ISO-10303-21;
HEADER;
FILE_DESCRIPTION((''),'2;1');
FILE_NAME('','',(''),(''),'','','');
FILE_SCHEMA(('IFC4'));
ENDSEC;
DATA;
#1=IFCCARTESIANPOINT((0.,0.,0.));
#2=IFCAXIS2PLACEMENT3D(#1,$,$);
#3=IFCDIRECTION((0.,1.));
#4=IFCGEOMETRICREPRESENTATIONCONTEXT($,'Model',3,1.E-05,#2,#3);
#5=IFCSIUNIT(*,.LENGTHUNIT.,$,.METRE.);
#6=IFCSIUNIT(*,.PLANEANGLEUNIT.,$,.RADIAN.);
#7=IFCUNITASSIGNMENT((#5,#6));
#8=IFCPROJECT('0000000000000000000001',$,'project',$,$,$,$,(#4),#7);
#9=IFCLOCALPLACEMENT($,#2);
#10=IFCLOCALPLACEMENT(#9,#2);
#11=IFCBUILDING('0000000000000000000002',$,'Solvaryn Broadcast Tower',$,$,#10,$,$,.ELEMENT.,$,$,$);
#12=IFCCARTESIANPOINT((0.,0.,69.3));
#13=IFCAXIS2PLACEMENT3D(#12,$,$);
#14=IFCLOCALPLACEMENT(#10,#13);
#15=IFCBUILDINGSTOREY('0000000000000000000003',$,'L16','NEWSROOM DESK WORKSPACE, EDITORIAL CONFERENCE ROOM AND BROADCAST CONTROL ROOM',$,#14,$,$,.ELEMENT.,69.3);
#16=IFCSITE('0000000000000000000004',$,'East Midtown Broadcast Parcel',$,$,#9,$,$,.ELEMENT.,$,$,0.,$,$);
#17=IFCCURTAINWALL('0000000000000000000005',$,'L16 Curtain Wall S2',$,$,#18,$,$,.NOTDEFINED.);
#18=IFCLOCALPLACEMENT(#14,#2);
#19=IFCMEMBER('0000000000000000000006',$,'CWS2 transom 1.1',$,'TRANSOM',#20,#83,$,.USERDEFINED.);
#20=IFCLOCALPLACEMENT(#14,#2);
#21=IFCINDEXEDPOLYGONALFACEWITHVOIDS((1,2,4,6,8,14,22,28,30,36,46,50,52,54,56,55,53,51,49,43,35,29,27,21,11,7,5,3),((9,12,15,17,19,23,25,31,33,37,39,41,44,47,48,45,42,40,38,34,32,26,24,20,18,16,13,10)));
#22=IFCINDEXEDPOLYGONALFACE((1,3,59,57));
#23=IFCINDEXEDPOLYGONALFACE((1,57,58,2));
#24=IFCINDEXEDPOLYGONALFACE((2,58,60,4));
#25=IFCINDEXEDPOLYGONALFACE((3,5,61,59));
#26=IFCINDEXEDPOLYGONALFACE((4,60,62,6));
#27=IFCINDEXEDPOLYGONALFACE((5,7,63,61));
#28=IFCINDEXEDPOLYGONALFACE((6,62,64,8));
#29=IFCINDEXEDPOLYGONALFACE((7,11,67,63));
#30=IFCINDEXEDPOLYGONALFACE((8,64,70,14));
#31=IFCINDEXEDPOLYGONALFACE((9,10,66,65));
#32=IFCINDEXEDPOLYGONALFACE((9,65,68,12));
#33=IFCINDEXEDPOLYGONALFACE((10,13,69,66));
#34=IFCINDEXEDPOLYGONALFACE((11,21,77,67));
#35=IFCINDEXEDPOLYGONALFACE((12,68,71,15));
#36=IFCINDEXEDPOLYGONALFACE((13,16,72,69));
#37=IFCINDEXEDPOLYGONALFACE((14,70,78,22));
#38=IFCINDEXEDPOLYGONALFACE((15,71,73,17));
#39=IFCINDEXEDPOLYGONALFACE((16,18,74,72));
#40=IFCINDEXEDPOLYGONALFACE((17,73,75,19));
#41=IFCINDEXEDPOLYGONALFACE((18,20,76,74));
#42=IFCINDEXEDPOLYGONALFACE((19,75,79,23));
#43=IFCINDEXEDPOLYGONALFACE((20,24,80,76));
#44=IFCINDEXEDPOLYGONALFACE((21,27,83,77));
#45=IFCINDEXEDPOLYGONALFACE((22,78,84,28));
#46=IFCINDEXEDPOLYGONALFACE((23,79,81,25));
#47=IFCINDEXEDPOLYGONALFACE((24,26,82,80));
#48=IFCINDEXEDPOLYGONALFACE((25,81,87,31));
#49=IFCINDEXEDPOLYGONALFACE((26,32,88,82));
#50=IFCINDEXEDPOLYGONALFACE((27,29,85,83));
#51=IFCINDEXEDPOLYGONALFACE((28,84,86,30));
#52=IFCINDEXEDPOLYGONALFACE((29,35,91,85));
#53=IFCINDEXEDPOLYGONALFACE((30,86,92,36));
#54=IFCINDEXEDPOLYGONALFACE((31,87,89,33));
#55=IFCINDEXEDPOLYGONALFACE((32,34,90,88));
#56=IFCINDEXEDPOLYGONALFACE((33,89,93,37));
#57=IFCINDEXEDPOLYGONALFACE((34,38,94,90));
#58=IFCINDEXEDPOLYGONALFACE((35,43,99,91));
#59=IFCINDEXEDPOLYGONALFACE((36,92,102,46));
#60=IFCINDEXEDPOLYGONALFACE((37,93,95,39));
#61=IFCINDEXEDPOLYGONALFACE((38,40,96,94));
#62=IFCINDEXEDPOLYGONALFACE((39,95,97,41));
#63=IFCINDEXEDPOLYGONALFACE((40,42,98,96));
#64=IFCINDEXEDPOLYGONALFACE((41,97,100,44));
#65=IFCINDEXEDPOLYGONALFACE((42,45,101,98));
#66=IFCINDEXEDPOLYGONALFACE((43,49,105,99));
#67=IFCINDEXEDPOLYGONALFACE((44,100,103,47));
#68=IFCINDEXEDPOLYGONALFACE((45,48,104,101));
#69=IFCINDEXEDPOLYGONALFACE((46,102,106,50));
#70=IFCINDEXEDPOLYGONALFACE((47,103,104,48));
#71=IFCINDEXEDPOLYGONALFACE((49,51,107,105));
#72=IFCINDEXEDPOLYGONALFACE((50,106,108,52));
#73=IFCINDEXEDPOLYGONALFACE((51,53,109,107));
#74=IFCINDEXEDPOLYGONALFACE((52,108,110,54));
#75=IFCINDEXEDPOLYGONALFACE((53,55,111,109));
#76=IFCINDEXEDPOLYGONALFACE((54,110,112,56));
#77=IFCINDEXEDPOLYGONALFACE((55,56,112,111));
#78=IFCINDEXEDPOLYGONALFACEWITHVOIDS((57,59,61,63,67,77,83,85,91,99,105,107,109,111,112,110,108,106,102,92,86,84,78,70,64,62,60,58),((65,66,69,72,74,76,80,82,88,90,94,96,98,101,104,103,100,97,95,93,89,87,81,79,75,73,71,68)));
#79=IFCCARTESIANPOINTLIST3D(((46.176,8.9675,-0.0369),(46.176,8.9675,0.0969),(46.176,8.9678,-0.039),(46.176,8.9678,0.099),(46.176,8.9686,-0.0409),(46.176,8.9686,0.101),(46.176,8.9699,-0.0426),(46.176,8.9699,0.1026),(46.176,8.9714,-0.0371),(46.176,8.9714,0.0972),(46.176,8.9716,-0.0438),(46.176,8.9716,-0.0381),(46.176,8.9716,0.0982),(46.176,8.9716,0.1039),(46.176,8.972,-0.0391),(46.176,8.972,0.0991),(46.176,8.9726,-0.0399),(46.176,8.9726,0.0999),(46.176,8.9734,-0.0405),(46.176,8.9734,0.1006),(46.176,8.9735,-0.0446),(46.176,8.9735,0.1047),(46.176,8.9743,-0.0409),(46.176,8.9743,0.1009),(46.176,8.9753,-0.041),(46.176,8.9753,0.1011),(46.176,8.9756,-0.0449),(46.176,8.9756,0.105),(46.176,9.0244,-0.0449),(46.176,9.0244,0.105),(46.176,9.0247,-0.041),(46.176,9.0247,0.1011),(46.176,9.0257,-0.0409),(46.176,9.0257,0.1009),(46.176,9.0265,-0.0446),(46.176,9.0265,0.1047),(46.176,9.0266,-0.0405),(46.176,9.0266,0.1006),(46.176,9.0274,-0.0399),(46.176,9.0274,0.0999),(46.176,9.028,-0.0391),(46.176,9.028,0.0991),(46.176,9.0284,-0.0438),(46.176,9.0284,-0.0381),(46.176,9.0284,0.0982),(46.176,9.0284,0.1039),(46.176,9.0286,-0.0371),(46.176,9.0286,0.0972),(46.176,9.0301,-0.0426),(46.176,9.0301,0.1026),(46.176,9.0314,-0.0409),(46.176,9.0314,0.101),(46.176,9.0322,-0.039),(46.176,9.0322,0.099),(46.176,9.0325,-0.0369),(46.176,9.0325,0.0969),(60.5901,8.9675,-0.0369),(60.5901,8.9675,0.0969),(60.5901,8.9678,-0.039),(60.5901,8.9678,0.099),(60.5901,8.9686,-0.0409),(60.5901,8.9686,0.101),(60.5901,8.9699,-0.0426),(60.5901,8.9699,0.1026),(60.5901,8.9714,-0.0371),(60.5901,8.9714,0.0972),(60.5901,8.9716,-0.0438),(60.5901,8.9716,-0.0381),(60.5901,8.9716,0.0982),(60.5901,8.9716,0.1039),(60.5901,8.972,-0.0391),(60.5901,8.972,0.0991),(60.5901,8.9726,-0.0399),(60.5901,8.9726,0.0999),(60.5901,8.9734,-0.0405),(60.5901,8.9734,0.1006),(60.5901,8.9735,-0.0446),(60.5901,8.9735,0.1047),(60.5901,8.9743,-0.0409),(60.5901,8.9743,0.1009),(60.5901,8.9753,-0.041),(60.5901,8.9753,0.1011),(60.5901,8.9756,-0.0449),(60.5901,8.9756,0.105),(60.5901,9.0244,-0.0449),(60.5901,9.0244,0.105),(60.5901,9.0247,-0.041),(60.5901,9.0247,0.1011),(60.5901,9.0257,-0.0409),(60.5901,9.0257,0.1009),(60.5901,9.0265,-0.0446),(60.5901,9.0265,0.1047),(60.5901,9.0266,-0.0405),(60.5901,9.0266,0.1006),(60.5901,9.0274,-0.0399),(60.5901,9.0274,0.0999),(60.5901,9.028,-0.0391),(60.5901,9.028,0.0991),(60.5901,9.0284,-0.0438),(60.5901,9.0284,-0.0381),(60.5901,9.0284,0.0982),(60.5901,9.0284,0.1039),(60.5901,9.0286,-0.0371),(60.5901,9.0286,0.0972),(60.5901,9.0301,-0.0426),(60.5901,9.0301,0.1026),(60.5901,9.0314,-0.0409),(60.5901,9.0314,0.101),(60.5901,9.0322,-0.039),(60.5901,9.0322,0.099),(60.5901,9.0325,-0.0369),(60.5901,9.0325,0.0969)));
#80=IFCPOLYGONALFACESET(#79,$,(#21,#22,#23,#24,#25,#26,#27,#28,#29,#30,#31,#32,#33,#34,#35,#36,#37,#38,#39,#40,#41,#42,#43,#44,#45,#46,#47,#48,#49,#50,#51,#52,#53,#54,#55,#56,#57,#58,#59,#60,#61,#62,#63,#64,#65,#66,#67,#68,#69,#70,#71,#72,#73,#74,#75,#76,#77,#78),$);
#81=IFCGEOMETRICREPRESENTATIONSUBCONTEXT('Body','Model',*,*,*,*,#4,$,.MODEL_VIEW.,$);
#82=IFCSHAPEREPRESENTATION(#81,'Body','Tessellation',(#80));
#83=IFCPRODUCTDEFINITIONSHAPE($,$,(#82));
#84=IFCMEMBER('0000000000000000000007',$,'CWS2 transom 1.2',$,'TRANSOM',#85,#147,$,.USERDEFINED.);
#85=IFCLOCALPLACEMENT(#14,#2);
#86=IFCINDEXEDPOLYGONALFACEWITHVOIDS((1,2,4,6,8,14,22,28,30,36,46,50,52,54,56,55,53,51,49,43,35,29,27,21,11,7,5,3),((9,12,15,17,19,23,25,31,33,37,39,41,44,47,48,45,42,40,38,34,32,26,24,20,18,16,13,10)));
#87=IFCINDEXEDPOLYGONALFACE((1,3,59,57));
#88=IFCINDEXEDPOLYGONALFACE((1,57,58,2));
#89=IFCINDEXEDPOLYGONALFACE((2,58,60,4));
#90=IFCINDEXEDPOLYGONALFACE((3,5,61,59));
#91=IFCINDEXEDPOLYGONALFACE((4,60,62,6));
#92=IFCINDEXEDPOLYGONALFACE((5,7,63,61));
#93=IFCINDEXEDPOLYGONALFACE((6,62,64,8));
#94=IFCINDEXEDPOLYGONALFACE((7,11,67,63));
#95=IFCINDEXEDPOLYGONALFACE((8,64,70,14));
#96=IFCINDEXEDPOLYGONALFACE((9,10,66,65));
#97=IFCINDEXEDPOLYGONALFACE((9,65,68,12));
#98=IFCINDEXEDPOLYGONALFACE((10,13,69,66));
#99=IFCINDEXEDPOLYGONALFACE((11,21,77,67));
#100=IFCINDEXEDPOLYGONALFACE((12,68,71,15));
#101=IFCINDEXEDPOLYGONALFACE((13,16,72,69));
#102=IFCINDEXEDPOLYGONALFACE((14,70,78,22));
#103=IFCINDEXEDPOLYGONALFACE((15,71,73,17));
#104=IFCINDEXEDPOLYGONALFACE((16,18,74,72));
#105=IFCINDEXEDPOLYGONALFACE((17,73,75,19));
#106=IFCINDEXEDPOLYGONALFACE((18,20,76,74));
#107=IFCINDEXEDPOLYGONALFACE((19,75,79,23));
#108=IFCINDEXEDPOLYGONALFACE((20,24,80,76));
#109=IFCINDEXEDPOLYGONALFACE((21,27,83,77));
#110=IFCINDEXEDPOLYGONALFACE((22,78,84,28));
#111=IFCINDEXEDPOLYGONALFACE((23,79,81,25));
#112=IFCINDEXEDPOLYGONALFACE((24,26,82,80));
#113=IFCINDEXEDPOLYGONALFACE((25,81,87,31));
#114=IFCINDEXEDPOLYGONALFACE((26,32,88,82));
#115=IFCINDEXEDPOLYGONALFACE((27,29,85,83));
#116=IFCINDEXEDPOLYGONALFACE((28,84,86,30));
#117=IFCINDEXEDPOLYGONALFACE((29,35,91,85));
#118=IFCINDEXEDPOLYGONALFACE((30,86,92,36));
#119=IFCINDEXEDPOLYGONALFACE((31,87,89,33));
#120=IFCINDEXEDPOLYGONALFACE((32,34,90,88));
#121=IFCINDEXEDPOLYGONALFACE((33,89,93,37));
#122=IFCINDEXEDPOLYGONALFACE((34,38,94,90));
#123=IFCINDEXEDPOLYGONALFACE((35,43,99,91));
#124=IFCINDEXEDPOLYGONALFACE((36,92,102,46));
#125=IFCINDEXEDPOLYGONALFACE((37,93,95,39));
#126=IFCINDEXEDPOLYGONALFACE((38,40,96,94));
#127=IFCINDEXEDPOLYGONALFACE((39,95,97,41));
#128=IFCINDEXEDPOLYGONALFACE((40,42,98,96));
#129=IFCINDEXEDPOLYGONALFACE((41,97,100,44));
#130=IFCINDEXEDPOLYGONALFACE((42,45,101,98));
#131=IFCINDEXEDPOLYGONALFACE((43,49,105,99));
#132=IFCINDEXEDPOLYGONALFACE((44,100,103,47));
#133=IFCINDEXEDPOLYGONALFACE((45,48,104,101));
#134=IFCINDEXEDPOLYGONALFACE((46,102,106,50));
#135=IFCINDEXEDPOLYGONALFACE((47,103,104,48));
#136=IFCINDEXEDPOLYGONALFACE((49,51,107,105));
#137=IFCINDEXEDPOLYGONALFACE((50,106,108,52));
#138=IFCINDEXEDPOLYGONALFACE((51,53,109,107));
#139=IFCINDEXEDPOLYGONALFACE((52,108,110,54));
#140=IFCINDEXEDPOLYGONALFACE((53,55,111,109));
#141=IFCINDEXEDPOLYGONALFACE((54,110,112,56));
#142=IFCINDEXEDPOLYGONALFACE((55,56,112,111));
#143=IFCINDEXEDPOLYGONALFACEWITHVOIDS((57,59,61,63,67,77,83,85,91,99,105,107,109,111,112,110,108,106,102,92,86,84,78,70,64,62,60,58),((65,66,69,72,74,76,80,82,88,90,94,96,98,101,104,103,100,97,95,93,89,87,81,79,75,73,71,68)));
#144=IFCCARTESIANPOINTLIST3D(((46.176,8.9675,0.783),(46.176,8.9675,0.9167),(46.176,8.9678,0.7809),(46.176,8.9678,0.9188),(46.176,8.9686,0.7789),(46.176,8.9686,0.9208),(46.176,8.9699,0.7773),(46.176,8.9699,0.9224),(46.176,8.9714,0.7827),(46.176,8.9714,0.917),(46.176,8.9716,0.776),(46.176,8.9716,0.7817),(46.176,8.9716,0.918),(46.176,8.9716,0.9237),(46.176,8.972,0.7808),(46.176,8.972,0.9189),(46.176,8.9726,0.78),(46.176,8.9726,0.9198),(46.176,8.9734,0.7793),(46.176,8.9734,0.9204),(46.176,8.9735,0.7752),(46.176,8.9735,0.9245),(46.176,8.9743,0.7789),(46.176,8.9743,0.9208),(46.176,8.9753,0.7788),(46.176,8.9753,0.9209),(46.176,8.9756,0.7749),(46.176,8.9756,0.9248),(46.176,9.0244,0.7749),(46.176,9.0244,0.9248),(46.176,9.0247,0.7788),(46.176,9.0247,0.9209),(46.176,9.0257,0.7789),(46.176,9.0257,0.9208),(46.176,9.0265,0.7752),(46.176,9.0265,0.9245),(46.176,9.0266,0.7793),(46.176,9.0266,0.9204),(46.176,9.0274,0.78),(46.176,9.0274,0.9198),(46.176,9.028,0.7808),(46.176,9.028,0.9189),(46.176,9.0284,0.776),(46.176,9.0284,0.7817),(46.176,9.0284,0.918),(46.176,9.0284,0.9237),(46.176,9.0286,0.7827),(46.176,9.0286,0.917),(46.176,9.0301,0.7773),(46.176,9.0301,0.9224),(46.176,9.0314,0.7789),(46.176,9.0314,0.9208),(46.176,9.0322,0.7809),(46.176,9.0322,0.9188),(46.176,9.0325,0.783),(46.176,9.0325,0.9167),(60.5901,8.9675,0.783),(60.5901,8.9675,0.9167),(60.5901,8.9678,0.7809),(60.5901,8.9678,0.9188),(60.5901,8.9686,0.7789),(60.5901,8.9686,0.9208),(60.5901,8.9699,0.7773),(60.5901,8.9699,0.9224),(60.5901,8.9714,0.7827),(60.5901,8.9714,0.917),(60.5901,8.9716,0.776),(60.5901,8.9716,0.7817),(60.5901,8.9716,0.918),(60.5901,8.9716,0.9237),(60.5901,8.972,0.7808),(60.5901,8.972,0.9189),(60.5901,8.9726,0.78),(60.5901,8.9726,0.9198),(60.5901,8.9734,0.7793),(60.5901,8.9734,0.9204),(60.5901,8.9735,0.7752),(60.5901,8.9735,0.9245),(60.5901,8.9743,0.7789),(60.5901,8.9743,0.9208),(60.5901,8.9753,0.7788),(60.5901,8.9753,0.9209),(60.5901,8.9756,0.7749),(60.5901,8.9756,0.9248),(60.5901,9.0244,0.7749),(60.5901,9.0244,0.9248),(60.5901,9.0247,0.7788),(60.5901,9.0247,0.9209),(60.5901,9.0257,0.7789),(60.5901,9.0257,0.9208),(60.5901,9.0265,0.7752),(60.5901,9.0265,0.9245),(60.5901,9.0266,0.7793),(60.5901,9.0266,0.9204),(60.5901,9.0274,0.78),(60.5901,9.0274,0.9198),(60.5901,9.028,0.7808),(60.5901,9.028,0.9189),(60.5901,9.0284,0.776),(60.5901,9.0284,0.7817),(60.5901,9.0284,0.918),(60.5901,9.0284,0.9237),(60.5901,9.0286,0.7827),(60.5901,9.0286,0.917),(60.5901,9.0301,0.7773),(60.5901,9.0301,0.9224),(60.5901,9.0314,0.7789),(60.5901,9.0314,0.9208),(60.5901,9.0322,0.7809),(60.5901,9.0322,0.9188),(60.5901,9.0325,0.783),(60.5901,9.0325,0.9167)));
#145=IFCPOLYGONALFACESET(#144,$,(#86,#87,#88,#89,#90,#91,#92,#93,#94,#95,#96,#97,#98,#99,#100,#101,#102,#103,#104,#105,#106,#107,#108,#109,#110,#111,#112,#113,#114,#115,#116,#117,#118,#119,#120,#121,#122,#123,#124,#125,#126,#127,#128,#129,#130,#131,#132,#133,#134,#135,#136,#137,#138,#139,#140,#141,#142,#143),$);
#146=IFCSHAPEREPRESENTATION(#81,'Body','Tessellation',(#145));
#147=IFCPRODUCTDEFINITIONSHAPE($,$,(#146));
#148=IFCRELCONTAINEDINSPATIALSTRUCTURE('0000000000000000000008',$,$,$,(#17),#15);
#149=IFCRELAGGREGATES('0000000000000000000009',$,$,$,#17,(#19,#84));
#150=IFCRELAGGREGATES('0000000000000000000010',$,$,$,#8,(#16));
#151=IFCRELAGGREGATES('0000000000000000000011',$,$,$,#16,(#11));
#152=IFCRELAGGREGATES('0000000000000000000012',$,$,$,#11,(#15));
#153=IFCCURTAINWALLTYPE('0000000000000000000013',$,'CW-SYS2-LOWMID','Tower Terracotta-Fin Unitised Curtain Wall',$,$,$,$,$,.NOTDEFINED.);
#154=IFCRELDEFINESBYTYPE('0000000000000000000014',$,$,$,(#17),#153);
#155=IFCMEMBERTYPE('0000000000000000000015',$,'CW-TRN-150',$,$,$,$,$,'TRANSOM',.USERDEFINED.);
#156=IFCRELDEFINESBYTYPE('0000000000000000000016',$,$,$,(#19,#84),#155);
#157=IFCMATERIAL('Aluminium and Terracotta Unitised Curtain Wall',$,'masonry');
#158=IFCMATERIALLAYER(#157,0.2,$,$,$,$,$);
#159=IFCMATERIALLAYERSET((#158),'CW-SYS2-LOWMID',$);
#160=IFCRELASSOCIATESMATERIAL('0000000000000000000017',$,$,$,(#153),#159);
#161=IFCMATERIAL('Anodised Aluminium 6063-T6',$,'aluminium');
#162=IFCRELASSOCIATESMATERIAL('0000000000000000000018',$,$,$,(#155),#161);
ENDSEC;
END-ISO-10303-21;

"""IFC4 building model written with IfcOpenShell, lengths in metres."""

from ifc_helpers import new_model, si_unit, direction, frame, origin, origin_2d, place, context, subcontext, project, spatial, hollow_rectangle, extrude, material, layer, layer_set, material_profile, profile_set, type_object, element, aggregate, save


model = new_model("IFC4")

# Units and contexts
model_context = context("Model", 3, precision=1e-05, world=origin(), true_north=direction((0.0, 1.0)))
body_context = subcontext(model_context, "Body", "Model", "MODEL_VIEW")
ifc_project = project(units=[si_unit("LENGTHUNIT", "METRE"), si_unit("PLANEANGLEUNIT", "RADIAN")], contexts=[model_context])

# Site, building, storey
site_placement = place(None, origin())
site = spatial("IfcSite", under=ifc_project, at=site_placement, Name="East Midtown Broadcast Parcel", CompositionType="ELEMENT", RefElevation=0.0)
building_placement = place(site_placement, origin())
building = spatial("IfcBuilding", under=site, at=building_placement, Name="Solvaryn Broadcast Tower", CompositionType="ELEMENT")
storey_placement = place(building_placement, frame((0.0, 0.0, 69.3)))
storey = spatial("IfcBuildingStorey", under=building, at=storey_placement, Name="L16", Description="NEWSROOM DESK WORKSPACE, EDITORIAL CONFERENCE ROOM AND BROADCAST CONTROL ROOM", CompositionType="ELEMENT", Elevation=69.3)

# Shared definitions
ifc_material_1 = material(Name="Aluminium and Terracotta Unitised Curtain Wall", Category="masonry")
ifc_layer_1 = layer(ifc_material_1, 0.2)
ifc_layer_set_1 = layer_set([ifc_layer_1], Name="CW-SYS2-LOWMID")
curtain_wall_type = type_object("IfcCurtainWallType", Name="CW-SYS2-LOWMID", Description="Tower Terracotta-Fin Unitised Curtain Wall", PredefinedType="NOTDEFINED", material=ifc_layer_set_1)

# Curtain wall, members
curtain_wall_1_placement = place(storey_placement, origin())
curtain_wall_1 = element("IfcCurtainWall", 1, at=curtain_wall_1_placement, inside=storey, type_object=curtain_wall_type, Name="L16 Curtain Wall S2", PredefinedType="NOTDEFINED")
ifc_material_2 = material(Name="Anodised Aluminium 6063-T6", Category="aluminium")
ifc_material_profile_1 = material_profile(ifc_material_2, hollow_rectangle(XDim=0.0649, YDim=0.1499, WallThickness=0.0039, InnerFilletRadius=0.0039, OuterFilletRadius=0.0081, at=origin_2d()))
ifc_profile_set_1 = profile_set([ifc_material_profile_1], Name="Anodised Aluminium 6063-T6")
member_type_1 = type_object("IfcMemberType", Name="CW-TRN-150", ElementType="TRANSOM", PredefinedType="USERDEFINED", material=ifc_profile_set_1)
member_1_placement = place(storey_placement, frame((46.176, 9.0, 0.03), z_axis=(1.0, 0.0, 0.0), x_axis=(0.0, 1.0, 0.0)))
member_1 = element("IfcMember", 2, at=member_1_placement, type_object=member_type_1, Name="CWS2 transom 1.1", ObjectType="TRANSOM", PredefinedType="USERDEFINED", context=body_context, shape_type="SweptSolid", body=[
    extrude(hollow_rectangle(XDim=0.0649, YDim=0.1499, WallThickness=0.0039, InnerFilletRadius=0.0039, OuterFilletRadius=0.0081, at=origin_2d()), origin(), (0.0, 0.0, 1.0), 14.4141),
])
member_2_placement = place(storey_placement, frame((46.176, 9.0, 0.8499), z_axis=(1.0, 0.0, 0.0), x_axis=(0.0, 1.0, 0.0)))
member_2 = element("IfcMember", 3, at=member_2_placement, type_object=member_type_1, Name="CWS2 transom 1.2", ObjectType="TRANSOM", PredefinedType="USERDEFINED", context=body_context, shape_type="SweptSolid", body=[
    extrude(hollow_rectangle(XDim=0.0649, YDim=0.1499, WallThickness=0.0039, InnerFilletRadius=0.0039, OuterFilletRadius=0.0081, at=origin_2d()), origin(), (0.0, 0.0, 1.0), 14.4141),
])
aggregate(curtain_wall_1, [member_1, member_2])

save(model, "model.ifc")
